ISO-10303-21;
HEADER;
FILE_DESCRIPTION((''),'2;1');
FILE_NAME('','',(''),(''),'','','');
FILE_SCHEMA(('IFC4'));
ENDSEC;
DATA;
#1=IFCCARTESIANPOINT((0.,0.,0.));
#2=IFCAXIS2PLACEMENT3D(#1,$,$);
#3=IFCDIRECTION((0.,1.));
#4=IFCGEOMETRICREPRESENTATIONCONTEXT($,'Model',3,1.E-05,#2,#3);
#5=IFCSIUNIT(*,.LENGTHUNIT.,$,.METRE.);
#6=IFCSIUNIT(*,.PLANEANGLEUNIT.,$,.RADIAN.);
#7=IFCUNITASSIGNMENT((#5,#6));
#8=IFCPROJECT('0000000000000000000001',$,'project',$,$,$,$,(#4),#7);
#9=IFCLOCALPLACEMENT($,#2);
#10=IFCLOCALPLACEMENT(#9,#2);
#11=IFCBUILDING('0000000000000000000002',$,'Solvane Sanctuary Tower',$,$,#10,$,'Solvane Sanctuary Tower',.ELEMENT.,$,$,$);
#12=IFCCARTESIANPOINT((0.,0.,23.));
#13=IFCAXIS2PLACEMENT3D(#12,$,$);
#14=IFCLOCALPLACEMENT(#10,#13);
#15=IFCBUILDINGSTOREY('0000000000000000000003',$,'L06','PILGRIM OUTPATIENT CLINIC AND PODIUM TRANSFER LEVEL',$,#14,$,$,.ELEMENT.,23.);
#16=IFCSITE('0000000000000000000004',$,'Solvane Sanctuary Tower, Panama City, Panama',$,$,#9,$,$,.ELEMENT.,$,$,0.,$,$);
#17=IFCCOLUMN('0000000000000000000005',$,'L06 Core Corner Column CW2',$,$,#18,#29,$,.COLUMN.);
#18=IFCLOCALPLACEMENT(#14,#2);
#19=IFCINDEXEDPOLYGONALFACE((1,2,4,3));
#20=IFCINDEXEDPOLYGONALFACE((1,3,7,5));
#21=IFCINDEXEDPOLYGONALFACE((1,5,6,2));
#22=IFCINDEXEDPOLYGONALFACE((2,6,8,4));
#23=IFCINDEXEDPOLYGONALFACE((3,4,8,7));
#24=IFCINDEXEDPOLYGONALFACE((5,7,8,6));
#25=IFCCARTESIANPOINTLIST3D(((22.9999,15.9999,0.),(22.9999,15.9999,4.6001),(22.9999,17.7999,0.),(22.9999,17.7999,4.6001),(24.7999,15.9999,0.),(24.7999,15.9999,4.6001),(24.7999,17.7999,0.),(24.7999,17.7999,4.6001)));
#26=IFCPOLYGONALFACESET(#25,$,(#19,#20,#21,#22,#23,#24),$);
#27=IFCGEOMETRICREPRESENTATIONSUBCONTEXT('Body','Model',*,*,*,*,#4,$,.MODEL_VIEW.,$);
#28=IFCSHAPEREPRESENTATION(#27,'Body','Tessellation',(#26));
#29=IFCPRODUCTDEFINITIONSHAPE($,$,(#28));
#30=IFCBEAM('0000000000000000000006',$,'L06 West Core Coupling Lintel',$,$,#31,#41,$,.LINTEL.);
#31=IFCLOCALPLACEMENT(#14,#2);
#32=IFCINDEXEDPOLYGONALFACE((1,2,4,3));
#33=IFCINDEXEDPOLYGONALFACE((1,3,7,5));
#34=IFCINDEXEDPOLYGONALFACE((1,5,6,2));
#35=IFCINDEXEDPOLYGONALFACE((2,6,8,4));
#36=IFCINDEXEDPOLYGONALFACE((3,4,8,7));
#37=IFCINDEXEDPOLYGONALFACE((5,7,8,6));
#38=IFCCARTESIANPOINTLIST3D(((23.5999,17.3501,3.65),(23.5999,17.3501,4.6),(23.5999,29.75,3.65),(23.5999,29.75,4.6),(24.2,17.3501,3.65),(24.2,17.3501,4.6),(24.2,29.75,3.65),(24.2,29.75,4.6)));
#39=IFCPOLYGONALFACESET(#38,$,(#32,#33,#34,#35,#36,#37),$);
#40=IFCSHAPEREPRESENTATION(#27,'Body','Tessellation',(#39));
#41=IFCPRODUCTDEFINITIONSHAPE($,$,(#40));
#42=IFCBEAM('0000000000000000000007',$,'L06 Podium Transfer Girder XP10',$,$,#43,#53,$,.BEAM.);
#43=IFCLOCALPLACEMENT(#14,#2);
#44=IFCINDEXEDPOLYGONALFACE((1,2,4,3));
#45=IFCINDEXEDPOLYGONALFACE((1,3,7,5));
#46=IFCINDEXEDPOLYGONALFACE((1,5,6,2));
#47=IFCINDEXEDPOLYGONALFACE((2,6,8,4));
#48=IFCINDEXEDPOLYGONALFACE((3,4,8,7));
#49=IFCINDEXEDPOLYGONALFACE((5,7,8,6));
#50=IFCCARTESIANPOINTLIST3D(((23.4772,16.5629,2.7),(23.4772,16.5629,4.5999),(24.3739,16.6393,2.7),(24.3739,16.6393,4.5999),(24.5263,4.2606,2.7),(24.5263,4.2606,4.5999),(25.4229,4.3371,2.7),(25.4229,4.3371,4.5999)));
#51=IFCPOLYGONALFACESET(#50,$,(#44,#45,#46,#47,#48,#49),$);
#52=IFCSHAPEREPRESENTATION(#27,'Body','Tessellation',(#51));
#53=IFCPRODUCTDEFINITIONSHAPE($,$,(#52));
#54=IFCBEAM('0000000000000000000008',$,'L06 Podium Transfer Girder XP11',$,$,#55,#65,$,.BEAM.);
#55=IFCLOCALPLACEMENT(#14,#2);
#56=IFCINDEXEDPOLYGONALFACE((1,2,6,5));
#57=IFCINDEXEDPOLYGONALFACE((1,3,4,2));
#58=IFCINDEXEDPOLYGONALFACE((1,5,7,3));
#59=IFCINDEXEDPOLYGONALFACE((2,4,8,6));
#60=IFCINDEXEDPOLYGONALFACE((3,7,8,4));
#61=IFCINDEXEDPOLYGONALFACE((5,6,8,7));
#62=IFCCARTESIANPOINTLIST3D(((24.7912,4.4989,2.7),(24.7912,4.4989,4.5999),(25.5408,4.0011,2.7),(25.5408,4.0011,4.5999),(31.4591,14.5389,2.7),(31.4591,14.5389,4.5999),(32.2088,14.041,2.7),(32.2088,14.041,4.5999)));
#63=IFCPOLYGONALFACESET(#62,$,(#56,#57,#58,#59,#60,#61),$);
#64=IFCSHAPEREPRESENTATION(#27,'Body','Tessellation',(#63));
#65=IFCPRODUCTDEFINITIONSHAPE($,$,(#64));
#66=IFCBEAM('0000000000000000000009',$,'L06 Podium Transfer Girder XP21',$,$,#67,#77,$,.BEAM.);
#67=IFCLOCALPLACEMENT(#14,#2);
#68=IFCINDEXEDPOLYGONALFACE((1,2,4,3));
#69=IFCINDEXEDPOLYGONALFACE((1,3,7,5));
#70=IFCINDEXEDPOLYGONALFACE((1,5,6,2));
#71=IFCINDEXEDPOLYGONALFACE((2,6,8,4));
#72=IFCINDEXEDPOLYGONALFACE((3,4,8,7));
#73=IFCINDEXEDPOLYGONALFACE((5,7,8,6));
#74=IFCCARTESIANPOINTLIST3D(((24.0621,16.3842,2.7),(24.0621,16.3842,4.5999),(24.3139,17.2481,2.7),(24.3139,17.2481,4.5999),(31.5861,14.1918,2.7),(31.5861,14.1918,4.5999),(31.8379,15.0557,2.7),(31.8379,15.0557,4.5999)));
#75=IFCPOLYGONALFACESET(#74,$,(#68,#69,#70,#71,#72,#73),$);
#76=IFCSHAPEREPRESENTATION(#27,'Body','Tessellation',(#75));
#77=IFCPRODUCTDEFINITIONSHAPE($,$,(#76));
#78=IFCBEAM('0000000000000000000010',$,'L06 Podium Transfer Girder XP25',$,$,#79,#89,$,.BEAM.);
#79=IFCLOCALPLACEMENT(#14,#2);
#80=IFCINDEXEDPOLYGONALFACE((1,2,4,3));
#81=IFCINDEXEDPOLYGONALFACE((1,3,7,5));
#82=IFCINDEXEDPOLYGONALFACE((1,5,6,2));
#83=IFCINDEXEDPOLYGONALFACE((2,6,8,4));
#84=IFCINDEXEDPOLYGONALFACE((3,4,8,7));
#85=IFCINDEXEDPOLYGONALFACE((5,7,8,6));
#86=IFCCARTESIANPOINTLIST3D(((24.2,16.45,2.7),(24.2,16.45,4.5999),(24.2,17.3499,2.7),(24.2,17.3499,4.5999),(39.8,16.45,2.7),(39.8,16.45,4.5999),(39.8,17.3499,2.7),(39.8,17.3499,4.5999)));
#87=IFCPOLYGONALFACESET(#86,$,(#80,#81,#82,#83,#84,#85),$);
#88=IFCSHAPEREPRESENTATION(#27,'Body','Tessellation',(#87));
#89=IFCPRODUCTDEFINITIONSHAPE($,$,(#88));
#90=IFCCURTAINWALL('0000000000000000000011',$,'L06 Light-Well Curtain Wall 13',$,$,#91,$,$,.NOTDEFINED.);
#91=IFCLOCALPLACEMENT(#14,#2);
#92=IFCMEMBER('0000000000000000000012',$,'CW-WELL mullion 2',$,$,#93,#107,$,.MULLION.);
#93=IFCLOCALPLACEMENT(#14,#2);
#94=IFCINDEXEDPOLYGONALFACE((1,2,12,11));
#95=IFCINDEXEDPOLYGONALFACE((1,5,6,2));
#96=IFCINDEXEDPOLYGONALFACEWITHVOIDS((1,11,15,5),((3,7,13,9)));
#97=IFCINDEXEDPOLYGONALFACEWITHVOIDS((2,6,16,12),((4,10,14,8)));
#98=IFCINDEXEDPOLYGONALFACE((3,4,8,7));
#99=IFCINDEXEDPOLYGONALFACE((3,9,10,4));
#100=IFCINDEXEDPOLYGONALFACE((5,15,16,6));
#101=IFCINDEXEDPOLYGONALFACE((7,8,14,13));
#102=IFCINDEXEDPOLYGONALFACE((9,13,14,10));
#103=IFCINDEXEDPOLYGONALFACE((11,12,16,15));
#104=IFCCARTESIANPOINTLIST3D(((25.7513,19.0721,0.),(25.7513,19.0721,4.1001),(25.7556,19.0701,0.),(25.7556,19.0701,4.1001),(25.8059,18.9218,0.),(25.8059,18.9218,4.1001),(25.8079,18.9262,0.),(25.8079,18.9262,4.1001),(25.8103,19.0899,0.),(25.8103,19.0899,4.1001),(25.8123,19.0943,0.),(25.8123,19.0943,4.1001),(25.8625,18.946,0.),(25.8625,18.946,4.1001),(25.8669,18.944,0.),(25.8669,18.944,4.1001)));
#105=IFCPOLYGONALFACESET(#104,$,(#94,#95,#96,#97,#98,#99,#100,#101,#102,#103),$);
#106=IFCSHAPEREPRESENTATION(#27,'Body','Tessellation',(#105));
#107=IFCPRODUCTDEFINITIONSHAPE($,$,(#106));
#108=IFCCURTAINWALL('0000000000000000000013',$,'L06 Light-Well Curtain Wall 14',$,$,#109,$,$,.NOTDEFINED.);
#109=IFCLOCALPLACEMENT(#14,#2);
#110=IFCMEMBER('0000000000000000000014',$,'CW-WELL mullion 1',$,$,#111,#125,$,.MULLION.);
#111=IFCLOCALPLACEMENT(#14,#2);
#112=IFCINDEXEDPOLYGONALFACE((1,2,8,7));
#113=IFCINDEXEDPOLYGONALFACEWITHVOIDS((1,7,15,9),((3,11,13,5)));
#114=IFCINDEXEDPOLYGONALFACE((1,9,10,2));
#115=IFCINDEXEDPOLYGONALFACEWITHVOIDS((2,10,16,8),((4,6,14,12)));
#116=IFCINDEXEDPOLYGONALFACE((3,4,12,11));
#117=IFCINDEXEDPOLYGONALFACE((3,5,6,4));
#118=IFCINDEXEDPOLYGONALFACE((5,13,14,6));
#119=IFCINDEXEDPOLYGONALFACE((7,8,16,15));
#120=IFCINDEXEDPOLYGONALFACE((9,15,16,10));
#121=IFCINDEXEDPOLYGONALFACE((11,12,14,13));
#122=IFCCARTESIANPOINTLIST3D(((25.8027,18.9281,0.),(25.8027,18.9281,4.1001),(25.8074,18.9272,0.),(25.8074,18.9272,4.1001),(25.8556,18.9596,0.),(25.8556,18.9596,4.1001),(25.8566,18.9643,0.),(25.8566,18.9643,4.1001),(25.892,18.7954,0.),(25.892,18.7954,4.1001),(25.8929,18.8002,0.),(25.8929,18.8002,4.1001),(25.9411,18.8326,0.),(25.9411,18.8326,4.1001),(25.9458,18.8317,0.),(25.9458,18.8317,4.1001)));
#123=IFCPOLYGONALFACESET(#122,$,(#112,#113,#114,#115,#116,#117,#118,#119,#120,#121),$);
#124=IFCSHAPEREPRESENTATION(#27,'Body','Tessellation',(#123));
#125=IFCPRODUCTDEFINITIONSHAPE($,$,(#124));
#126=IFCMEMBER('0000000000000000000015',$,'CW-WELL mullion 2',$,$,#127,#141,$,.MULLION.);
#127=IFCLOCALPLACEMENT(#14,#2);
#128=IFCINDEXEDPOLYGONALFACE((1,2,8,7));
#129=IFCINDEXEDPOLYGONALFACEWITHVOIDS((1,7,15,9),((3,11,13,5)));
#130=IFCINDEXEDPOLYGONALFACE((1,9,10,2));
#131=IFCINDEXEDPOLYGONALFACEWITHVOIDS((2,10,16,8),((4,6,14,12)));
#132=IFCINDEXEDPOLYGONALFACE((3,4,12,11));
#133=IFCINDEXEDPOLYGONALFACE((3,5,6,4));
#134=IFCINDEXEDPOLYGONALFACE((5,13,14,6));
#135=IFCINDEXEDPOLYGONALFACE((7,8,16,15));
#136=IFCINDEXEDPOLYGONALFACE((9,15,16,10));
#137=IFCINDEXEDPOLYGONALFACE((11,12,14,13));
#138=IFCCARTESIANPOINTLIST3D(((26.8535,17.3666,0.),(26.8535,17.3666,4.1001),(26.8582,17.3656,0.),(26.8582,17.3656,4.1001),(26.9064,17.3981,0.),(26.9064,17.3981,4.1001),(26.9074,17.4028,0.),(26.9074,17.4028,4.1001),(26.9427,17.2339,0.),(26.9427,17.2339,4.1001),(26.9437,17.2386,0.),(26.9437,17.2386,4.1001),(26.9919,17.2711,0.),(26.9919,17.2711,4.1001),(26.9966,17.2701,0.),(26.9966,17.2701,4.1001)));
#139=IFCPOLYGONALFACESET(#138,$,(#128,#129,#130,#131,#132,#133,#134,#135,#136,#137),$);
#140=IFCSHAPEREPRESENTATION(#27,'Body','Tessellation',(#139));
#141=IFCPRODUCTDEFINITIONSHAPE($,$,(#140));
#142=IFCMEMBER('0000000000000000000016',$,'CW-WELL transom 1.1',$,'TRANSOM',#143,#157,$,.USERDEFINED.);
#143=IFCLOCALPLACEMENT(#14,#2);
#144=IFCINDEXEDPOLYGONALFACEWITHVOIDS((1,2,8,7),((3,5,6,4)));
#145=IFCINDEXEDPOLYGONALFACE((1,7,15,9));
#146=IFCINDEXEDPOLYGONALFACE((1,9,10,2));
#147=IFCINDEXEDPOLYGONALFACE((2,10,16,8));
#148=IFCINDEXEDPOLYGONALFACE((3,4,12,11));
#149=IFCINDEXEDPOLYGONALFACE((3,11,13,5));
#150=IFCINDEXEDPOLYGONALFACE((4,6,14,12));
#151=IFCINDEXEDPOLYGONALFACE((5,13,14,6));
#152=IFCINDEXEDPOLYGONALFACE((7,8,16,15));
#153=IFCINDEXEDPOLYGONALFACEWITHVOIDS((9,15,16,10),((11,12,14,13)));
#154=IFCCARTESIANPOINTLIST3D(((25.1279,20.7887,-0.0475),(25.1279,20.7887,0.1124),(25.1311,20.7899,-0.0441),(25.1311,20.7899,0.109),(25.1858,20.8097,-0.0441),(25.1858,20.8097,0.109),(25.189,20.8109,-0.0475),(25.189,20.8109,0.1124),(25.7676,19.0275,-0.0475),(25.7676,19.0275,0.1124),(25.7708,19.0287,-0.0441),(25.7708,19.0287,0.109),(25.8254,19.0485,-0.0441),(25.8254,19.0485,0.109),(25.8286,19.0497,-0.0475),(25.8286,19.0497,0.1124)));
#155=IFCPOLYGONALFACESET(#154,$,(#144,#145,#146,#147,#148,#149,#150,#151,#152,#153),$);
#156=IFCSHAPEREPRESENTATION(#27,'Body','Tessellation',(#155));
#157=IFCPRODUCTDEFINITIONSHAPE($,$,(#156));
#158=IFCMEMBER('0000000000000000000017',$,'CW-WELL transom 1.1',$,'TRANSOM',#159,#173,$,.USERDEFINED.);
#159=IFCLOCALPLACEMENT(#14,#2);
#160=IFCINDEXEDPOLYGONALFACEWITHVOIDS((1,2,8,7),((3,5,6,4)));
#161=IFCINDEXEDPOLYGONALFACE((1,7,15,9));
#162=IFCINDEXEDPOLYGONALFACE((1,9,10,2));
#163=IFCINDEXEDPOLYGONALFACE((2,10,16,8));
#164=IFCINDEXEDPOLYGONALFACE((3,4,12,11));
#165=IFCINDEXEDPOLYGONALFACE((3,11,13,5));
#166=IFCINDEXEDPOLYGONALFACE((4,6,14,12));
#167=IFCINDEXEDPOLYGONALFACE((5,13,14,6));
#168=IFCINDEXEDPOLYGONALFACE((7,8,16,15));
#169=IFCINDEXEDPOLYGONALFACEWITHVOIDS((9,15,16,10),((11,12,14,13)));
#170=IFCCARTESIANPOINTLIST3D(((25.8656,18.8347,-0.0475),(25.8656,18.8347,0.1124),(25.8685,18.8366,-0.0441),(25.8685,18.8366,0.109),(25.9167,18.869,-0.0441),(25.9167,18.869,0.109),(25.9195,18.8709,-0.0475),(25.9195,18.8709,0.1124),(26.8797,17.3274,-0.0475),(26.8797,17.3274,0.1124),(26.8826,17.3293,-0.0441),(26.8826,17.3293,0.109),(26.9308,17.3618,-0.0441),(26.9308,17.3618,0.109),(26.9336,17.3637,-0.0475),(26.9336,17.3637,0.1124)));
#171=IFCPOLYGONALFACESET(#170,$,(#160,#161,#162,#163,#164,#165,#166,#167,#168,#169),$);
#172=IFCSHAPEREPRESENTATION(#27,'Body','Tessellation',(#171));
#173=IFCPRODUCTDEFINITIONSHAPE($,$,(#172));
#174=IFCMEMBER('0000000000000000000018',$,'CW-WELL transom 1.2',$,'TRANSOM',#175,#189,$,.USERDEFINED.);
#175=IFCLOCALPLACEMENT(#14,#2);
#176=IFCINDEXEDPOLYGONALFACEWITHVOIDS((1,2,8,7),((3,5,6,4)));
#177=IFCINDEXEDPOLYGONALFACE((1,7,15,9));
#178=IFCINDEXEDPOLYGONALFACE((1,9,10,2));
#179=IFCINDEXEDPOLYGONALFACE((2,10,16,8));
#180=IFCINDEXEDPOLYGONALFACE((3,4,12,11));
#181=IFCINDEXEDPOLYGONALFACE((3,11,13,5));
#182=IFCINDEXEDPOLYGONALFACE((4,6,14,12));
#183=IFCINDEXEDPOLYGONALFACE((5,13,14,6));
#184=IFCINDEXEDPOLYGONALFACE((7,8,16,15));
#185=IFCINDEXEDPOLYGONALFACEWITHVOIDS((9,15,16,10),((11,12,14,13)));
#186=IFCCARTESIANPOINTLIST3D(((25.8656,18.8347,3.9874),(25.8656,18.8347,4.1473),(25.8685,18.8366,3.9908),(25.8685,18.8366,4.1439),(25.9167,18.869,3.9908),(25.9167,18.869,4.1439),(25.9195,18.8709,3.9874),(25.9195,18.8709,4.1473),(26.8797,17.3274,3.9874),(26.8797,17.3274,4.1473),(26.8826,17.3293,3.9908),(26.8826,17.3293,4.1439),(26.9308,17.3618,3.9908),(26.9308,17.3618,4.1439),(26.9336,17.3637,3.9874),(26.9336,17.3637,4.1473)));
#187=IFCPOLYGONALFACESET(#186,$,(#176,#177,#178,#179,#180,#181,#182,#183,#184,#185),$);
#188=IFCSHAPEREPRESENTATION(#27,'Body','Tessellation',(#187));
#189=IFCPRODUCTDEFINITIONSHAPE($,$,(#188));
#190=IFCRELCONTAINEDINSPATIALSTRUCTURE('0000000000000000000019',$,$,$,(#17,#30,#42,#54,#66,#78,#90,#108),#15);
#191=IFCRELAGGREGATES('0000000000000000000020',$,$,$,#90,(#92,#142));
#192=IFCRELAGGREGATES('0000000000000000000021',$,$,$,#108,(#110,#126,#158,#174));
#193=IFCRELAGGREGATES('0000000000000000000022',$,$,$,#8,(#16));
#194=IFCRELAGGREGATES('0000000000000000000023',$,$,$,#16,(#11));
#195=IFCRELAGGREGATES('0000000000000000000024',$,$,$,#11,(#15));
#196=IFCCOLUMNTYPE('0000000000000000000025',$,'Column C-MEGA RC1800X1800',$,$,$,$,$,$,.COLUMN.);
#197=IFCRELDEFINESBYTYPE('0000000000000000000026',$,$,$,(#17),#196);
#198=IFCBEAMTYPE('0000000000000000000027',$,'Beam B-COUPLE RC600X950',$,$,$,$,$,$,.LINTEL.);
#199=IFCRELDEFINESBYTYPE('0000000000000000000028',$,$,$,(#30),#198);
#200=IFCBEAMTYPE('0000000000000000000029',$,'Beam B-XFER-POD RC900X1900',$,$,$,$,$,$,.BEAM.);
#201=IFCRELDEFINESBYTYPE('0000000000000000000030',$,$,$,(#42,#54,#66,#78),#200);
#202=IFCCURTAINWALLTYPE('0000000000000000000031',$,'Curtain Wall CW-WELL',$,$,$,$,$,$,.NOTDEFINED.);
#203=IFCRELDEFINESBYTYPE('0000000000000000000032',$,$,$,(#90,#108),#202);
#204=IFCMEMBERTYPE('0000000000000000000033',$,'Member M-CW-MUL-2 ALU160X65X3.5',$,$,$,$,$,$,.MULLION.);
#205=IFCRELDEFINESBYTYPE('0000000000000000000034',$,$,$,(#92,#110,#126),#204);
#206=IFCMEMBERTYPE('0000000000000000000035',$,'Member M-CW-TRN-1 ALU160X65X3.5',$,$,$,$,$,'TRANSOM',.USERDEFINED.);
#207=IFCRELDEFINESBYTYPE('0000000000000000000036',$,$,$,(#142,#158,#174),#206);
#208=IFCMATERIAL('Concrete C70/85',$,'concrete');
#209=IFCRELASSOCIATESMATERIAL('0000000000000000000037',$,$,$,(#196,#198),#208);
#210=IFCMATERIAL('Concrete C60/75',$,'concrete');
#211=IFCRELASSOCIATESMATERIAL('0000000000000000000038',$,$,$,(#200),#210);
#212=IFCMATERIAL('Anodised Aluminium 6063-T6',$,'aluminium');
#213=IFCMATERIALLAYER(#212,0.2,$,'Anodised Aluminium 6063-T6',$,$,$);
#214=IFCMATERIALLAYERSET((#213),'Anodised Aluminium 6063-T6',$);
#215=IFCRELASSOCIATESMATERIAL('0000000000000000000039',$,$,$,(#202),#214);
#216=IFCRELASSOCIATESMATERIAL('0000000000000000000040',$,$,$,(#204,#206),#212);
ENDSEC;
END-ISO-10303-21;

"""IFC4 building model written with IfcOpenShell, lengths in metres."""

from ifc_helpers import new_model, si_unit, direction, frame, origin, origin_2d, place, context, subcontext, project, spatial, rectangle, hollow_rectangle, extrude, material, layer, layer_set, material_profile, profile_set, type_object, element, aggregate, save


model = new_model("IFC4")

# Units and contexts
model_context = context("Model", 3, precision=1e-05, world=origin(), true_north=direction((0.0, 1.0)))
body_context = subcontext(model_context, "Body", "Model", "MODEL_VIEW")
ifc_project = project(units=[si_unit("LENGTHUNIT", "METRE"), si_unit("PLANEANGLEUNIT", "RADIAN")], contexts=[model_context])

# Site, building, storey
site_placement = place(None, origin())
site = spatial("IfcSite", under=ifc_project, at=site_placement, Name="Solvane Sanctuary Tower, Panama City, Panama", CompositionType="ELEMENT", RefElevation=0.0)
building_placement = place(site_placement, origin())
building = spatial("IfcBuilding", under=site, at=building_placement, Name="Solvane Sanctuary Tower", LongName="Solvane Sanctuary Tower", CompositionType="ELEMENT")
storey_placement = place(building_placement, frame((0.0, 0.0, 23.0)))
storey = spatial("IfcBuildingStorey", under=building, at=storey_placement, Name="L06", Description="PILGRIM OUTPATIENT CLINIC AND PODIUM TRANSFER LEVEL", CompositionType="ELEMENT", Elevation=23.0)

# Column
ifc_material_1 = material(Name="Concrete C70/85", Category="concrete")
ifc_material_profile_1 = material_profile(ifc_material_1, rectangle(XDim=1.8, YDim=1.8, at=origin_2d()), Name="RC1800X1800")
ifc_profile_set_1 = profile_set([ifc_material_profile_1], Name="Concrete C70/85")
column_type = type_object("IfcColumnType", Name="Column C-MEGA RC1800X1800", PredefinedType="COLUMN", material=ifc_profile_set_1)
column_placement = place(storey_placement, frame((23.8999, 16.8999, 0.0), z_axis=(0.0, 0.0, 1.0), x_axis=(1.0, 0.0, 0.0)))
element("IfcColumn", 1, at=column_placement, inside=storey, type_object=column_type, Name="L06 Core Corner Column CW2", PredefinedType="COLUMN", context=body_context, shape_type="SweptSolid", body=[
    extrude(rectangle(XDim=1.8, YDim=1.8, at=origin_2d()), origin(), (0.0, 0.0, 1.0), 4.6001),
])

# Beams
ifc_material_profile_2 = material_profile(ifc_material_1, rectangle(XDim=0.6001, YDim=0.95, at=origin_2d()), Name="RC600X950")
ifc_profile_set_2 = profile_set([ifc_material_profile_2], Name="Concrete C70/85")
beam_type_1 = type_object("IfcBeamType", Name="Beam B-COUPLE RC600X950", PredefinedType="LINTEL", material=ifc_profile_set_2)
beam_1_placement = place(storey_placement, frame((23.8999, 17.3501, 4.125), z_axis=(0.0, 1.0, 0.0), x_axis=(-1.0, 0.0, 0.0)))
element("IfcBeam", 2, at=beam_1_placement, inside=storey, type_object=beam_type_1, Name="L06 West Core Coupling Lintel", PredefinedType="LINTEL", context=body_context, shape_type="SweptSolid", body=[
    extrude(rectangle(XDim=0.6001, YDim=0.95, at=origin_2d()), origin(), (0.0, 0.0, 1.0), 12.3999),
])
ifc_material_2 = material(Name="Concrete C60/75", Category="concrete")
ifc_material_profile_3 = material_profile(ifc_material_2, rectangle(XDim=0.8999, YDim=1.8999, at=origin_2d()), Name="RC900X1900")
ifc_profile_set_3 = profile_set([ifc_material_profile_3], Name="Concrete C60/75")
beam_type_2 = type_object("IfcBeamType", Name="Beam B-XFER-POD RC900X1900", PredefinedType="BEAM", material=ifc_profile_set_3)
beam_2_placement = place(storey_placement, frame((24.9746, 4.2988, 3.6499), z_axis=(-0.084966, 0.996384, 0.0), x_axis=(-0.996384, -0.084966, 0.0)))
element("IfcBeam", 3, at=beam_2_placement, inside=storey, type_object=beam_type_2, Name="L06 Podium Transfer Girder XP10", PredefinedType="BEAM", context=body_context, shape_type="SweptSolid", body=[
    extrude(rectangle(XDim=0.8999, YDim=1.8999, at=origin_2d()), origin(), (0.0, 0.0, 1.0), 12.3469),
])
beam_3_placement = place(storey_placement, frame((25.166, 4.25, 3.6499), z_axis=(0.553241, 0.833021, 0.0), x_axis=(-0.833021, 0.553241, 0.0)))
element("IfcBeam", 4, at=beam_3_placement, inside=storey, type_object=beam_type_2, Name="L06 Podium Transfer Girder XP11", PredefinedType="BEAM", context=body_context, shape_type="SweptSolid", body=[
    extrude(rectangle(XDim=0.8999, YDim=1.8999, at=origin_2d()), origin(), (0.0, 0.0, 1.0), 12.0525),
])
beam_4_placement = place(storey_placement, frame((24.188, 16.8162, 3.6499), z_axis=(0.960072, -0.279754, 0.0), x_axis=(0.279754, 0.960072, 0.0)))
element("IfcBeam", 5, at=beam_4_placement, inside=storey, type_object=beam_type_2, Name="L06 Podium Transfer Girder XP21", PredefinedType="BEAM", context=body_context, shape_type="SweptSolid", body=[
    extrude(rectangle(XDim=0.8999, YDim=1.8999, at=origin_2d()), origin(), (0.0, 0.0, 1.0), 7.8369),
])
beam_5_placement = place(storey_placement, frame((24.2, 16.8999, 3.6499), z_axis=(1.0, 0.0, 0.0), x_axis=(0.0, 1.0, 0.0)))
element("IfcBeam", 6, at=beam_5_placement, inside=storey, type_object=beam_type_2, Name="L06 Podium Transfer Girder XP25", PredefinedType="BEAM", context=body_context, shape_type="SweptSolid", body=[
    extrude(rectangle(XDim=0.8999, YDim=1.8999, at=origin_2d()), origin(), (0.0, 0.0, 1.0), 15.6001),
])

# Curtain wall, member
ifc_material_3 = material(Name="Anodised Aluminium 6063-T6", Category="aluminium")
ifc_layer_1 = layer(ifc_material_3, 0.2, Name="Anodised Aluminium 6063-T6")
ifc_layer_set_1 = layer_set([ifc_layer_1], Name="Anodised Aluminium 6063-T6")
curtain_wall_type = type_object("IfcCurtainWallType", Name="Curtain Wall CW-WELL", PredefinedType="NOTDEFINED", material=ifc_layer_set_1)
curtain_wall_1_placement = place(storey_placement, origin())
curtain_wall_1 = element("IfcCurtainWall", 7, at=curtain_wall_1_placement, inside=storey, type_object=curtain_wall_type, Name="L06 Light-Well Curtain Wall 13", PredefinedType="NOTDEFINED")
ifc_material_profile_4 = material_profile(ifc_material_3, hollow_rectangle(XDim=0.0649, YDim=0.1599, WallThickness=0.0034, at=origin_2d()), Name="ALU160X65X3.5")
ifc_profile_set_4 = profile_set([ifc_material_profile_4], Name="Anodised Aluminium 6063-T6")
member_type_1 = type_object("IfcMemberType", Name="Member M-CW-MUL-2 ALU160X65X3.5", PredefinedType="MULLION", material=ifc_profile_set_4)
member_1_placement = place(storey_placement, frame((25.8091, 19.0081, 0.0), z_axis=(0.0, 0.0, 1.0), x_axis=(0.939938, 0.341346, 0.0)))
member_1 = element("IfcMember", 8, at=member_1_placement, type_object=member_type_1, Name="CW-WELL mullion 2", PredefinedType="MULLION", context=body_context, shape_type="SweptSolid", body=[
    extrude(hollow_rectangle(XDim=0.0649, YDim=0.1599, WallThickness=0.0034, at=origin_2d()), origin(), (0.0, 0.0, 1.0), 4.1001),
])

# Curtain wall, members
curtain_wall_2_placement = place(storey_placement, origin())
curtain_wall_2 = element("IfcCurtainWall", 9, at=curtain_wall_2_placement, inside=storey, type_object=curtain_wall_type, Name="L06 Light-Well Curtain Wall 14", PredefinedType="NOTDEFINED")
member_2_placement = place(storey_placement, frame((25.8743, 18.8799, 0.0), z_axis=(0.0, 0.0, 1.0), x_axis=(0.829664, 0.558263, 0.0)))
member_2 = element("IfcMember", 10, at=member_2_placement, type_object=member_type_1, Name="CW-WELL mullion 1", PredefinedType="MULLION", context=body_context, shape_type="SweptSolid", body=[
    extrude(hollow_rectangle(XDim=0.0649, YDim=0.1599, WallThickness=0.0034, at=origin_2d()), origin(), (0.0, 0.0, 1.0), 4.1001),
])
member_3_placement = place(storey_placement, frame((26.925, 17.3184, 0.0), z_axis=(0.0, 0.0, 1.0), x_axis=(0.829664, 0.558263, 0.0)))
member_3 = element("IfcMember", 11, at=member_3_placement, type_object=member_type_1, Name="CW-WELL mullion 2", PredefinedType="MULLION", context=body_context, shape_type="SweptSolid", body=[
    extrude(hollow_rectangle(XDim=0.0649, YDim=0.1599, WallThickness=0.0034, at=origin_2d()), origin(), (0.0, 0.0, 1.0), 4.1001),
])

# Members
ifc_material_profile_5 = material_profile(ifc_material_3, hollow_rectangle(XDim=0.0649, YDim=0.1599, WallThickness=0.0034, at=origin_2d()), Name="ALU160X65X3.5")
ifc_profile_set_5 = profile_set([ifc_material_profile_5], Name="Anodised Aluminium 6063-T6")
member_type_2 = type_object("IfcMemberType", Name="Member M-CW-TRN-1 ALU160X65X3.5", ElementType="TRANSOM", PredefinedType="USERDEFINED", material=ifc_profile_set_5)
member_4_placement = place(storey_placement, frame((25.1584, 20.7998, 0.0325), z_axis=(0.341366, -0.93993, 0.0), x_axis=(0.93993, 0.341366, 0.0)))
member_4 = element("IfcMember", 12, at=member_4_placement, type_object=member_type_2, Name="CW-WELL transom 1.1", ObjectType="TRANSOM", PredefinedType="USERDEFINED", context=body_context, shape_type="SweptSolid", body=[
    extrude(hollow_rectangle(XDim=0.0649, YDim=0.1599, WallThickness=0.0034, at=origin_2d()), origin(), (0.0, 0.0, 1.0), 1.8738),
])
member_5_placement = place(storey_placement, frame((25.8926, 18.8528, 0.0325), z_axis=(0.558231, -0.829686, 0.0), x_axis=(0.829686, 0.558231, 0.0)))
member_5 = element("IfcMember", 13, at=member_5_placement, type_object=member_type_2, Name="CW-WELL transom 1.1", ObjectType="TRANSOM", PredefinedType="USERDEFINED", context=body_context, shape_type="SweptSolid", body=[
    extrude(hollow_rectangle(XDim=0.0649, YDim=0.1599, WallThickness=0.0034, at=origin_2d()), origin(), (0.0, 0.0, 1.0), 1.8167),
])
member_6_placement = place(storey_placement, frame((25.8926, 18.8528, 4.0674), z_axis=(0.558231, -0.829686, 0.0), x_axis=(0.829686, 0.558231, 0.0)))
member_6 = element("IfcMember", 14, at=member_6_placement, type_object=member_type_2, Name="CW-WELL transom 1.2", ObjectType="TRANSOM", PredefinedType="USERDEFINED", context=body_context, shape_type="SweptSolid", body=[
    extrude(hollow_rectangle(XDim=0.0649, YDim=0.1599, WallThickness=0.0034, at=origin_2d()), origin(), (0.0, 0.0, 1.0), 1.8167),
])

aggregate(curtain_wall_1, [member_1, member_4])
aggregate(curtain_wall_2, [member_2, member_3, member_5, member_6])

save(model, "model.ifc")
